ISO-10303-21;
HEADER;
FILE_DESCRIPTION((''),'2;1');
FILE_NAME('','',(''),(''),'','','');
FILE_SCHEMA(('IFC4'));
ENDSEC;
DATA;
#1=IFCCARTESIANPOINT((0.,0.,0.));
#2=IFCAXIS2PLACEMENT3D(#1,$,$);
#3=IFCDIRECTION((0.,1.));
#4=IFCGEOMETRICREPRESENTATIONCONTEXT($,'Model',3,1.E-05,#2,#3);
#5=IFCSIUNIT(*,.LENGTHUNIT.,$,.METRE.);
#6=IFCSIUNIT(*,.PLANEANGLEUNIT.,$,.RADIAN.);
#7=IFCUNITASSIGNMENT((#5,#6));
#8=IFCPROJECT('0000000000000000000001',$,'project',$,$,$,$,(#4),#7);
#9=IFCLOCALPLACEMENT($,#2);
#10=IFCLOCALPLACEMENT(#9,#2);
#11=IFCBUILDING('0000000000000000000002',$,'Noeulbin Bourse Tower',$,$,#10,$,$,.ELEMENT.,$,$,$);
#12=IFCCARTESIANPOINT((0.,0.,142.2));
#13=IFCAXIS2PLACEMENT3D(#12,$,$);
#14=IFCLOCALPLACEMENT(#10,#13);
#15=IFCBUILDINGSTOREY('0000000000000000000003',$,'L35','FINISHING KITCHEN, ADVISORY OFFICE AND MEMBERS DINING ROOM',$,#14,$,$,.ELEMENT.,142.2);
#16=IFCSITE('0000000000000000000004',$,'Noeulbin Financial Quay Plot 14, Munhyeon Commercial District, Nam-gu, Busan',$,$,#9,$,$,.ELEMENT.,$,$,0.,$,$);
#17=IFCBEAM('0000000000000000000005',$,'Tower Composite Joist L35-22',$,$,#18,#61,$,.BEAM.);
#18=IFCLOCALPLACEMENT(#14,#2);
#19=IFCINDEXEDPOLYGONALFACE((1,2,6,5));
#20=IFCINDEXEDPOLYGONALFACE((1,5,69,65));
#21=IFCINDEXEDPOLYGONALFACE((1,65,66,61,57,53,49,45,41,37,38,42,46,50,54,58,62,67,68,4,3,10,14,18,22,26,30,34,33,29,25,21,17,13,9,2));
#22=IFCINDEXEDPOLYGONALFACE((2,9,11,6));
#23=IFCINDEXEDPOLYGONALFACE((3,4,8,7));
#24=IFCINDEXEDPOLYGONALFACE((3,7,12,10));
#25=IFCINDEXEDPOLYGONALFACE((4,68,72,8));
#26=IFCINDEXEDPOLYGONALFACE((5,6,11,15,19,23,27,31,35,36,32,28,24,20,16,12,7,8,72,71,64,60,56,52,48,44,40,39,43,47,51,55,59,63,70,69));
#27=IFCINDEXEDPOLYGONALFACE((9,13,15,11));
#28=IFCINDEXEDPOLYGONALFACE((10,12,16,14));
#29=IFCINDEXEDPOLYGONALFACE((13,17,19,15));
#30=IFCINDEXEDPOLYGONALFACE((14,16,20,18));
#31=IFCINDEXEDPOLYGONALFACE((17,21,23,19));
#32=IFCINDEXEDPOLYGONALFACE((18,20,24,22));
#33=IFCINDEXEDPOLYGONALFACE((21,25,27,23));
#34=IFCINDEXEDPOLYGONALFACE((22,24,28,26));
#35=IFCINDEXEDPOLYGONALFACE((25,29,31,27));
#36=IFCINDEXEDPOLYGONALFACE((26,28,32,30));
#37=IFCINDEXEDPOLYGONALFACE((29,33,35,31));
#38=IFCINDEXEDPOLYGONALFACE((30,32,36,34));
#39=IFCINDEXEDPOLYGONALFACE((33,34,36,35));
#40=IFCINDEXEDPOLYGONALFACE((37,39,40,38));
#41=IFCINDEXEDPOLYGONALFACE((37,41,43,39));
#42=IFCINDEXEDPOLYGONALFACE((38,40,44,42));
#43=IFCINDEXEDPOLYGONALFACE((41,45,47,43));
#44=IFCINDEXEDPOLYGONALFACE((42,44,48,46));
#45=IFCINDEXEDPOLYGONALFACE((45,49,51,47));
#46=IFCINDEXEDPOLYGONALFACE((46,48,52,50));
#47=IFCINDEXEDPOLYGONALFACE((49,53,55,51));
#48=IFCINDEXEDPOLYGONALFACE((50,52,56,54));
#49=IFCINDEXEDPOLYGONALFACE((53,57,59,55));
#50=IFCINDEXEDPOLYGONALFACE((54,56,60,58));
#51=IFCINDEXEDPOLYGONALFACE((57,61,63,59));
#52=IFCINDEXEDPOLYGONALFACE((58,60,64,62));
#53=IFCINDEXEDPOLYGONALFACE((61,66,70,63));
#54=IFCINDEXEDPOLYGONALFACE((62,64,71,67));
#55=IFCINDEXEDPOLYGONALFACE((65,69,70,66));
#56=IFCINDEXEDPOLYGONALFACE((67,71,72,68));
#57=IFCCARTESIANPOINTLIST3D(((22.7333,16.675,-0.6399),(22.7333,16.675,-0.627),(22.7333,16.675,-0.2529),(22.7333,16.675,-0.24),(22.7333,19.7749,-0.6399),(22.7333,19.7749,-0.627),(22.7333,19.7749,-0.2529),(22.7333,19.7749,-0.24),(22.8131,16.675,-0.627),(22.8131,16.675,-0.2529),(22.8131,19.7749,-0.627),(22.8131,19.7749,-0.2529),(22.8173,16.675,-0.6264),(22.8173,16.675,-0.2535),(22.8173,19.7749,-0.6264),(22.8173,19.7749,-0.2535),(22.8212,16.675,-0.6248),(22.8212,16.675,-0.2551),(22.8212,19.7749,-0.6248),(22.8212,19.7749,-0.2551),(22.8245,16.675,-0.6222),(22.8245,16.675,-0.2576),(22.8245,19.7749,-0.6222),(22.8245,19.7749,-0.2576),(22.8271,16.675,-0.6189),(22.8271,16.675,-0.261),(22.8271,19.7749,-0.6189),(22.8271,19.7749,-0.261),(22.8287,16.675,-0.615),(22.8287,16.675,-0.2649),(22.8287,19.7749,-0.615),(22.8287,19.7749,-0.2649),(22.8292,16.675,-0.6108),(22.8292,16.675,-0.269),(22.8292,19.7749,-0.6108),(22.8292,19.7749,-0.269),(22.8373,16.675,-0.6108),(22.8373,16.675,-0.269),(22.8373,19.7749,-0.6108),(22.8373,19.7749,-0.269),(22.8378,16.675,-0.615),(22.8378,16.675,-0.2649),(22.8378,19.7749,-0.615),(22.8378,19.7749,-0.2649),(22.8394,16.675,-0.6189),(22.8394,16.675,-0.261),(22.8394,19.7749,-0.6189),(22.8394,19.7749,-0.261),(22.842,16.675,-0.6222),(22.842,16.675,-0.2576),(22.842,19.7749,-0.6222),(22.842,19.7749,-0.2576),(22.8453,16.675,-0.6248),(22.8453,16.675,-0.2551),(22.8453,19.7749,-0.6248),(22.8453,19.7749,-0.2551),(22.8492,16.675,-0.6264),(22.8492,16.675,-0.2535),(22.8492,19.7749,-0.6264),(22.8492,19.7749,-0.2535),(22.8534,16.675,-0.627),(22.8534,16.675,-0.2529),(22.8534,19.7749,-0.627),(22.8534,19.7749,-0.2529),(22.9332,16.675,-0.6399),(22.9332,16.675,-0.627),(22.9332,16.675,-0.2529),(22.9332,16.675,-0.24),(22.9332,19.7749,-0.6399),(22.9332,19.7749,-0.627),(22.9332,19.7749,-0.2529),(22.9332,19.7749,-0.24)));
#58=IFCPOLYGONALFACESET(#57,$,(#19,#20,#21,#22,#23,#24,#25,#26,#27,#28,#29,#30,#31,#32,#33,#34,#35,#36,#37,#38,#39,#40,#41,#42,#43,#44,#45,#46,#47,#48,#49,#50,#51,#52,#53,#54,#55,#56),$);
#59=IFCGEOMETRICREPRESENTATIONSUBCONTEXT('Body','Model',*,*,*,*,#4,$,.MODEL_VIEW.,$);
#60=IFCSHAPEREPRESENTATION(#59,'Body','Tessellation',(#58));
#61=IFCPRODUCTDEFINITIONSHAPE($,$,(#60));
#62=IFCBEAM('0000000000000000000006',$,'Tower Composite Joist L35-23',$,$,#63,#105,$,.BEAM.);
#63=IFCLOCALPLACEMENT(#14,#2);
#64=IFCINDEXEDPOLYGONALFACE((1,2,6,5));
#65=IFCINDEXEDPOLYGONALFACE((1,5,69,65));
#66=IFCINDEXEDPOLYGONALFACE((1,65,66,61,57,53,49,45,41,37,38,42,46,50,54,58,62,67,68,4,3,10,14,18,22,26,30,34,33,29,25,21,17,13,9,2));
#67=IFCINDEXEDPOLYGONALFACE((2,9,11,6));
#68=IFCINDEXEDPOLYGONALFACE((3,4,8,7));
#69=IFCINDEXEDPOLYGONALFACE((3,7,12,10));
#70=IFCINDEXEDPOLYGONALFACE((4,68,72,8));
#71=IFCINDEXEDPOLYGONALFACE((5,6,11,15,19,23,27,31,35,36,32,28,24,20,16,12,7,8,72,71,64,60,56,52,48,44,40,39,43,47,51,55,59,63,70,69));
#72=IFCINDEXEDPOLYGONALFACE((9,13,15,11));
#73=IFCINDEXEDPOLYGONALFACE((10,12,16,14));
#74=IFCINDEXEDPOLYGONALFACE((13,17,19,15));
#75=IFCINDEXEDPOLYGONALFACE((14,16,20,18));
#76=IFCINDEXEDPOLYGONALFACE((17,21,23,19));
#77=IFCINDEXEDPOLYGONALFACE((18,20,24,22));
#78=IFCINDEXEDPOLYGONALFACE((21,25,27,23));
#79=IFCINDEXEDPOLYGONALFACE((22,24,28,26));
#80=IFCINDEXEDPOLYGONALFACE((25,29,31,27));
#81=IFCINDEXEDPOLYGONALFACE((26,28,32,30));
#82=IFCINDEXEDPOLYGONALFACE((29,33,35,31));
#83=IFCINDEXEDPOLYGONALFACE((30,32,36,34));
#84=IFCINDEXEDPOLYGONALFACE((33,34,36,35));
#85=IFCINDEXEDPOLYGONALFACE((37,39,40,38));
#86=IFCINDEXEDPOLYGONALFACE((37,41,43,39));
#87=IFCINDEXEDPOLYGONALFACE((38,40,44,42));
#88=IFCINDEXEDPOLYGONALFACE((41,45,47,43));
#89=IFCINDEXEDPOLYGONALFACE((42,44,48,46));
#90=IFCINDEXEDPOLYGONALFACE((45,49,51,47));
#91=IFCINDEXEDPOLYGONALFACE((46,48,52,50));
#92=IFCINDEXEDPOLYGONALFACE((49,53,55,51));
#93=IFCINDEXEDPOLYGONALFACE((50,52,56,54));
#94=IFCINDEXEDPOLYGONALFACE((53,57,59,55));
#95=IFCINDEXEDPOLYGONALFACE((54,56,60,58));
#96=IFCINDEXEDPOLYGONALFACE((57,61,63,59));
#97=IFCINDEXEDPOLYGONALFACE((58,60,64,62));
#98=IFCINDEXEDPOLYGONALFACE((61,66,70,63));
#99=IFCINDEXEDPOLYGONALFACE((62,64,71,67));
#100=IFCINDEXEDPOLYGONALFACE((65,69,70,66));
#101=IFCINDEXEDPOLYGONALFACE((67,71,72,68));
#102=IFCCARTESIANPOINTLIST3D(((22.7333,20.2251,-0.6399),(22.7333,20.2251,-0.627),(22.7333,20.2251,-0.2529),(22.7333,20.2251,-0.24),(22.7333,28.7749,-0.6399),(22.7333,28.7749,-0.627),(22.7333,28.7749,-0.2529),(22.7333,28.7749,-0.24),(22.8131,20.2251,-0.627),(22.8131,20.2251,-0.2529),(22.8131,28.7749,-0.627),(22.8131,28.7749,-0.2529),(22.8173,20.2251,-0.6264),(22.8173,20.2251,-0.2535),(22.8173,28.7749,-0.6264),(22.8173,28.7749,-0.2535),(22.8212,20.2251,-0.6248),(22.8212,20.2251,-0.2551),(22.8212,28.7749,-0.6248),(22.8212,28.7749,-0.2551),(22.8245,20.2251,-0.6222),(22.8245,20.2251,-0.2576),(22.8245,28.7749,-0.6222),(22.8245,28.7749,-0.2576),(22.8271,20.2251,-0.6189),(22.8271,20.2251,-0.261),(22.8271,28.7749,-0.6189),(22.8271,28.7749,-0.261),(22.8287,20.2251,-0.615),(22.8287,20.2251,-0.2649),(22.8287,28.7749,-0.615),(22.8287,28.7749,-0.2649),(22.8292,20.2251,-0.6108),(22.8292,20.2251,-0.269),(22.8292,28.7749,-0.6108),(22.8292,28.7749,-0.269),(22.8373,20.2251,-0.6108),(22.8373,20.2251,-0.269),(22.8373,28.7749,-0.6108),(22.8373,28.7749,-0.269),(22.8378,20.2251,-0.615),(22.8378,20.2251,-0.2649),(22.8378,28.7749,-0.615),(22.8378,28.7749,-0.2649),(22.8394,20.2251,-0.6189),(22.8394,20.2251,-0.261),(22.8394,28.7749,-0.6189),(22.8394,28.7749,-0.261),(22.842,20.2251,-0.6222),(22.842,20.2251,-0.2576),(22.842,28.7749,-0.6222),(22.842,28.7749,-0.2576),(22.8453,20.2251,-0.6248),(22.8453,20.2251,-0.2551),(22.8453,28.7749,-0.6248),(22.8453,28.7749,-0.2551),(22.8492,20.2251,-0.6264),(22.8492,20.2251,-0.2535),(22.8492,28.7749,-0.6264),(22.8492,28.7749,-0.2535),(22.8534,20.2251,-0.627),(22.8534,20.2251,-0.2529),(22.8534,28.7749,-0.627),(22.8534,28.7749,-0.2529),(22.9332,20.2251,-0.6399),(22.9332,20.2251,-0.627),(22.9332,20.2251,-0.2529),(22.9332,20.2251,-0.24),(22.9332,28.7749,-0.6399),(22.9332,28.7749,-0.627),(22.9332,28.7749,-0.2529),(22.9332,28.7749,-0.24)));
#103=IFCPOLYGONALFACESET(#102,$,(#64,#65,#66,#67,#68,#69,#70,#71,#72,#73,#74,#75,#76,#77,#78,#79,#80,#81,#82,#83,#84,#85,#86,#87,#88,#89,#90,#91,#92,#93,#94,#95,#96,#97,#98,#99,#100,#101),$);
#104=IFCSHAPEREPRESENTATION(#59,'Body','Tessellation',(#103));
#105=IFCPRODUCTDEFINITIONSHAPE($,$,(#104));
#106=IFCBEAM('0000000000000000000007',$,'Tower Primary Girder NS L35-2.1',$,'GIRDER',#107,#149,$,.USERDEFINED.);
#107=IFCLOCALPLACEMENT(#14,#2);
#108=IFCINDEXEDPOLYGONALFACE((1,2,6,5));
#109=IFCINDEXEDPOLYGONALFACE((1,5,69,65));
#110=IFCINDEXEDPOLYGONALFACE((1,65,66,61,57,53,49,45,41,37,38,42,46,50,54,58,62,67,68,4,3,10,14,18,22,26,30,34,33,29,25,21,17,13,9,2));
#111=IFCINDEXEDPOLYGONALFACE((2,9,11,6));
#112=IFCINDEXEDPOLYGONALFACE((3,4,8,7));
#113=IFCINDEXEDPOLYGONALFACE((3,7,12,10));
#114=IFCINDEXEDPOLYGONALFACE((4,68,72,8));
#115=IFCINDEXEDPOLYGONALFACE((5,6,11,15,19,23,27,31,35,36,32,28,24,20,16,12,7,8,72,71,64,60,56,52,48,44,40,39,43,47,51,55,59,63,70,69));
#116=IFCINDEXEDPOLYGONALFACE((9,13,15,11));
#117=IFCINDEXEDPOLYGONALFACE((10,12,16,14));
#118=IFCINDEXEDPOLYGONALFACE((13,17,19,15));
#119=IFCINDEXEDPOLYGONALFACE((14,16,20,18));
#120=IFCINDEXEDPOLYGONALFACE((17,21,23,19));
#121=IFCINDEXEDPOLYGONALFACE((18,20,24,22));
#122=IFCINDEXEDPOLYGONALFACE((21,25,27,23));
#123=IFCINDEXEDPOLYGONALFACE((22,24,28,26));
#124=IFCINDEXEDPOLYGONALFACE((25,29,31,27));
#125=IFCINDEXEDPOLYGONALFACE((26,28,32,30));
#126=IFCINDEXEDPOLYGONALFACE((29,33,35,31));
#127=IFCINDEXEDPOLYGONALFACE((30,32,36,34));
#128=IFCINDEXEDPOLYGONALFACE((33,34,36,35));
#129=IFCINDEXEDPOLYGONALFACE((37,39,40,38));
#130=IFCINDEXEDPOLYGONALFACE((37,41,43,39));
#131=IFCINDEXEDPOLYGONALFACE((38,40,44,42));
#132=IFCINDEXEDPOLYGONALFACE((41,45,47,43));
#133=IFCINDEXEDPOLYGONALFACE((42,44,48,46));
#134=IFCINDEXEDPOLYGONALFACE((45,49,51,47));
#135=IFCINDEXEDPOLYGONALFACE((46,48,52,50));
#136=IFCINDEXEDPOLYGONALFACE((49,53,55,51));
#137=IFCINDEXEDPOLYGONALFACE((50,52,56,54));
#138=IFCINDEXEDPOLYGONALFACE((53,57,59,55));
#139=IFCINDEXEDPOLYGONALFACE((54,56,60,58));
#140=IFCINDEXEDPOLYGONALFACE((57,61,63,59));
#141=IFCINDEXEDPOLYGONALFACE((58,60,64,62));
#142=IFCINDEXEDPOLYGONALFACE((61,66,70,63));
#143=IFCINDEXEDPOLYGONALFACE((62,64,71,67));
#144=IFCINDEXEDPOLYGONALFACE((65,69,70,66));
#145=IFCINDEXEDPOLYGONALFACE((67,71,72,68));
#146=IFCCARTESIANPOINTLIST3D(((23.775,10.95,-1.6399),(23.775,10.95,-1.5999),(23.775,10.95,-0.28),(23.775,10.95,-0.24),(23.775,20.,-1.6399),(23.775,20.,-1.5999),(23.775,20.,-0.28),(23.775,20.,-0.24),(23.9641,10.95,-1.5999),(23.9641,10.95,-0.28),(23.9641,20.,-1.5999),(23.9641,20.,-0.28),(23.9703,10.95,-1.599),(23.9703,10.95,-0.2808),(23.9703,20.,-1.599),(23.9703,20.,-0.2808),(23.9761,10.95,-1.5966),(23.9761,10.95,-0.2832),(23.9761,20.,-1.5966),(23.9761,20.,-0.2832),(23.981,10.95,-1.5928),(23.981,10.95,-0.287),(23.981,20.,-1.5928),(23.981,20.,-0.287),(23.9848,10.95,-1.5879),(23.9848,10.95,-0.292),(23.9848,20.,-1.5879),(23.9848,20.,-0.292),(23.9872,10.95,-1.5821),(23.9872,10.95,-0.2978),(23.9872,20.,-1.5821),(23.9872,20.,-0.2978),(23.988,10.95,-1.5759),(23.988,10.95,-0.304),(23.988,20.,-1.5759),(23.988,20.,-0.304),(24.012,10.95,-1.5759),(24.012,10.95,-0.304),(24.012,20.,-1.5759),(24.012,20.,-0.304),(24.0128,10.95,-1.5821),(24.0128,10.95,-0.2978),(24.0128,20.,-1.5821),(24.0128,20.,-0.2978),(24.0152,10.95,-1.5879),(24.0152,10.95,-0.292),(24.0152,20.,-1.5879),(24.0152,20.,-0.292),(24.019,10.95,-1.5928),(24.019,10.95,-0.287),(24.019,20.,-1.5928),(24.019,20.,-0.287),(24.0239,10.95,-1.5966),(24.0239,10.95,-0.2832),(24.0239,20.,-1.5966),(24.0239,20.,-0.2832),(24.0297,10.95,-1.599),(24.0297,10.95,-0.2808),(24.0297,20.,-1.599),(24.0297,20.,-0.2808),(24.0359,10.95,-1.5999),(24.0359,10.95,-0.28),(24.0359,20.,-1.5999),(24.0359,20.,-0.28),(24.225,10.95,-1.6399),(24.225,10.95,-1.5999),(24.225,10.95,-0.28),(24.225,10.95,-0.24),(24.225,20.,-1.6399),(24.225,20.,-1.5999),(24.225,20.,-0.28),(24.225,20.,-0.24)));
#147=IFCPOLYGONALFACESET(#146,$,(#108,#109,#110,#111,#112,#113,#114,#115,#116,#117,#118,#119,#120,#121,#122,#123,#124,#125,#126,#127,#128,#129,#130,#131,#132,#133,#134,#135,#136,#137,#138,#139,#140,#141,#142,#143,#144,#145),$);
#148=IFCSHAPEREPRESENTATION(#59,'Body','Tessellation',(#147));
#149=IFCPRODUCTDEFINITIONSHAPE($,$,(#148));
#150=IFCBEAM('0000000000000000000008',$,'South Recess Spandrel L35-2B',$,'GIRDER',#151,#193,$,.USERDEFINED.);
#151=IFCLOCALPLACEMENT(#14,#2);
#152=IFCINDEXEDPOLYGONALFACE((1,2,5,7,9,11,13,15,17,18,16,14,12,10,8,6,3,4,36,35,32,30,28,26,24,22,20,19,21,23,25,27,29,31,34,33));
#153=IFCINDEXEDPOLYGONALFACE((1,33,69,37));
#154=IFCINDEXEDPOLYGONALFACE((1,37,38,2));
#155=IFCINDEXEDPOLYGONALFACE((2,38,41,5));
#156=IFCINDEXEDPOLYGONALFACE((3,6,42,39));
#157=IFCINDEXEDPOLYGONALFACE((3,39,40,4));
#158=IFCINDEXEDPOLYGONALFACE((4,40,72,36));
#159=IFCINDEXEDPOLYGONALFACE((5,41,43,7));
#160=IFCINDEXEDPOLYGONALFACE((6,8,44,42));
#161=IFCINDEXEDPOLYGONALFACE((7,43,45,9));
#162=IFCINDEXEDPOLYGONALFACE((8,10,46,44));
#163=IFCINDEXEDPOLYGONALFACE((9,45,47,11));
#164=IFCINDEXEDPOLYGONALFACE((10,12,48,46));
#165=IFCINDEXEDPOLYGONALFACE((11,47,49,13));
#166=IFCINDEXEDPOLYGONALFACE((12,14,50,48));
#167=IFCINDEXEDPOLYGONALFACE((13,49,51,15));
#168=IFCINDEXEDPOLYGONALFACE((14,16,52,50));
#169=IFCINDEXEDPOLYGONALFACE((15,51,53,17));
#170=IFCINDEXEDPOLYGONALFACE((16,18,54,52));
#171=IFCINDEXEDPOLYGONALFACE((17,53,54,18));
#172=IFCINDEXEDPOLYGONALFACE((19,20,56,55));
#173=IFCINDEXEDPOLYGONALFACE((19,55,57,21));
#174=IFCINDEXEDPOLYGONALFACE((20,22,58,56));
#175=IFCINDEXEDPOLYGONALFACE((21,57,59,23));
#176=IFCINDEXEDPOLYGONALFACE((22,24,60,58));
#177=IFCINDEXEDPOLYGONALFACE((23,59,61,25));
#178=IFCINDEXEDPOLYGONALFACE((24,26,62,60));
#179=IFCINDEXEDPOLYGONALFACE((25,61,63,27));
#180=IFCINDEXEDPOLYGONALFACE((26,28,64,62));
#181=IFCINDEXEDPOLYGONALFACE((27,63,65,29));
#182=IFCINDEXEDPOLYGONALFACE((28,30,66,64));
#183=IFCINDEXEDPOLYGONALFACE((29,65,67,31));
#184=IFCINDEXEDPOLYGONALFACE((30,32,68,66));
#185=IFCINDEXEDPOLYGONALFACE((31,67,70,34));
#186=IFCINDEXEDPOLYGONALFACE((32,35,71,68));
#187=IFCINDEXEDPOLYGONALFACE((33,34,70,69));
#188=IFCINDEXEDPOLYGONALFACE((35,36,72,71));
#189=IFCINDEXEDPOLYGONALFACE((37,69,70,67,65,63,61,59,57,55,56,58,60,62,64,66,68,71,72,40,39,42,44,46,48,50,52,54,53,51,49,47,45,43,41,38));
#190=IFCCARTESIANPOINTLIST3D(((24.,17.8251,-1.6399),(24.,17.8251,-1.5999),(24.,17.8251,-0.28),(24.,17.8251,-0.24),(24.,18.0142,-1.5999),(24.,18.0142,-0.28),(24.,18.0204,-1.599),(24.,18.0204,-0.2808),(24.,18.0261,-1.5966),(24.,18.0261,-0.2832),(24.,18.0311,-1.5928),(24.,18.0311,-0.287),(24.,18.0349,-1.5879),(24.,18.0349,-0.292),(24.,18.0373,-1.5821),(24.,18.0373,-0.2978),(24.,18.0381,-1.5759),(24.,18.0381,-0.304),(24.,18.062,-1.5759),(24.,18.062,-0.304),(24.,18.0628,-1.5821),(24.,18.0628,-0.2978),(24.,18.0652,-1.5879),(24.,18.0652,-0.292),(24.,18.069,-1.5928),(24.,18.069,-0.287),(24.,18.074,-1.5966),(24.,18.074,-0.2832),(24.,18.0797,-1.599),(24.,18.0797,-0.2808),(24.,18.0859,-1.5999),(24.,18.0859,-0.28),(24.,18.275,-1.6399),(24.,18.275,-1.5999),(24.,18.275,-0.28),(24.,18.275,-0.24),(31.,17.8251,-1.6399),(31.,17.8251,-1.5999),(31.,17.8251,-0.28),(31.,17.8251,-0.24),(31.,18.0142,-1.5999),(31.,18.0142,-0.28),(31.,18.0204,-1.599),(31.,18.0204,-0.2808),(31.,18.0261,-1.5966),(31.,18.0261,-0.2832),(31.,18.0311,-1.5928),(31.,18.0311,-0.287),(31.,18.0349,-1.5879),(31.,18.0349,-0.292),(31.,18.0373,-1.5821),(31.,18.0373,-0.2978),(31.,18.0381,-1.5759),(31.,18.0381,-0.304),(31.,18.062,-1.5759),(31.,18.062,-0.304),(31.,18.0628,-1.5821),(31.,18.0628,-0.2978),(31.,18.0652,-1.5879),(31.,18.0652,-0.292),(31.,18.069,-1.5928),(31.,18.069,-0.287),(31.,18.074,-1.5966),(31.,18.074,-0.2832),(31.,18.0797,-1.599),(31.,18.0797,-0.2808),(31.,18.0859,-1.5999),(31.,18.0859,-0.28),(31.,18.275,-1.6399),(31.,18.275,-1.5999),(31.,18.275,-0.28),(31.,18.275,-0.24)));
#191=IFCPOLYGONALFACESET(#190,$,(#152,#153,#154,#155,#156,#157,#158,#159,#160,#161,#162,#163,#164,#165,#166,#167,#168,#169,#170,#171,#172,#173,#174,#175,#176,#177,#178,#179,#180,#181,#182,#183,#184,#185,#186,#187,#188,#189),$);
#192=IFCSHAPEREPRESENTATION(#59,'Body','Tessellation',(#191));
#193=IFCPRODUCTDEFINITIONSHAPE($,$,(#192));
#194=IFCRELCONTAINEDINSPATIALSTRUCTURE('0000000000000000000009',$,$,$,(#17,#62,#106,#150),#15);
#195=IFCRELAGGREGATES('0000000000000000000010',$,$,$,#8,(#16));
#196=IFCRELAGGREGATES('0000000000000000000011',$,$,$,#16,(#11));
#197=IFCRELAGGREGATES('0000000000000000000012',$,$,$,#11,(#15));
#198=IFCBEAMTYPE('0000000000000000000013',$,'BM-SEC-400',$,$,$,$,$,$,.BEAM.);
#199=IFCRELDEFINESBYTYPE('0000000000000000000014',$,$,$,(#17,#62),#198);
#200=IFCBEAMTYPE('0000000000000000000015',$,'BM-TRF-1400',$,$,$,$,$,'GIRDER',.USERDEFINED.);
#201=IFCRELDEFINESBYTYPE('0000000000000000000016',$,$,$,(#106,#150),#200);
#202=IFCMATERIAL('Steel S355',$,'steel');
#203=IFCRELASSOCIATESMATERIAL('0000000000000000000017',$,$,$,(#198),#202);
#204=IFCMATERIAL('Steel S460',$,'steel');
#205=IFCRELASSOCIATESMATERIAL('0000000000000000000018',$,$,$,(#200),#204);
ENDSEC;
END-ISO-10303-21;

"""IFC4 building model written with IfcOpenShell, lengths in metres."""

from ifc_helpers import new_model, si_unit, direction, frame, origin, origin_2d, place, context, subcontext, project, spatial, i_section, extrude, material, material_profile, profile_set, type_object, element, save


model = new_model("IFC4")

# Units and contexts
model_context = context("Model", 3, precision=1e-05, world=origin(), true_north=direction((0.0, 1.0)))
body_context = subcontext(model_context, "Body", "Model", "MODEL_VIEW")
ifc_project = project(units=[si_unit("LENGTHUNIT", "METRE"), si_unit("PLANEANGLEUNIT", "RADIAN")], contexts=[model_context])

# Site, building, storey
site_placement = place(None, origin())
site = spatial("IfcSite", under=ifc_project, at=site_placement, Name="Noeulbin Financial Quay Plot 14, Munhyeon Commercial District, Nam-gu, Busan", CompositionType="ELEMENT", RefElevation=0.0)
building_placement = place(site_placement, origin())
building = spatial("IfcBuilding", under=site, at=building_placement, Name="Noeulbin Bourse Tower", CompositionType="ELEMENT")
storey_placement = place(building_placement, frame((0.0, 0.0, 142.2)))
storey = spatial("IfcBuildingStorey", under=building, at=storey_placement, Name="L35", Description="FINISHING KITCHEN, ADVISORY OFFICE AND MEMBERS DINING ROOM", CompositionType="ELEMENT", Elevation=142.2)

# Shared definitions
ifc_material_1 = material(Name="Steel S355", Category="steel")
ifc_material_2 = material(Name="Steel S460", Category="steel")

# Beams
ifc_material_profile_1 = material_profile(ifc_material_1, i_section(OverallWidth=0.2, OverallDepth=0.3999, WebThickness=0.0081, FlangeThickness=0.0129, FilletRadius=0.0161, at=origin_2d()), Name="H-400x200x8x13", Category="LoadBearing")
ifc_profile_set_1 = profile_set([ifc_material_profile_1], Name="Steel S355")
beam_type_1 = type_object("IfcBeamType", Name="BM-SEC-400", PredefinedType="BEAM", material=ifc_profile_set_1)
beam_1_placement = place(storey_placement, frame((22.8333, 16.675, -0.4399), z_axis=(0.0, 1.0, 0.0), x_axis=(-1.0, 0.0, 0.0)))
element("IfcBeam", 1, at=beam_1_placement, inside=storey, type_object=beam_type_1, Name="Tower Composite Joist L35-22", PredefinedType="BEAM", context=body_context, shape_type="SweptSolid", body=[
    extrude(i_section(OverallWidth=0.2, OverallDepth=0.3999, WebThickness=0.0081, FlangeThickness=0.0129, FilletRadius=0.0161, at=origin_2d()), origin(), (0.0, 0.0, 1.0), 3.0999),
])
beam_2_placement = place(storey_placement, frame((22.8333, 20.2251, -0.4399), z_axis=(0.0, 1.0, 0.0), x_axis=(-1.0, 0.0, 0.0)))
element("IfcBeam", 2, at=beam_2_placement, inside=storey, type_object=beam_type_1, Name="Tower Composite Joist L35-23", PredefinedType="BEAM", context=body_context, shape_type="SweptSolid", body=[
    extrude(i_section(OverallWidth=0.2, OverallDepth=0.3999, WebThickness=0.0081, FlangeThickness=0.0129, FilletRadius=0.0161, at=origin_2d()), origin(), (0.0, 0.0, 1.0), 8.5498),
])
ifc_material_profile_2 = material_profile(ifc_material_2, i_section(OverallWidth=0.45, OverallDepth=1.3999, WebThickness=0.0239, FlangeThickness=0.04, FilletRadius=0.0239, at=origin_2d()), Name="PG-1400x450x24x40", Category="LoadBearing")
ifc_profile_set_2 = profile_set([ifc_material_profile_2], Name="Steel S460")
beam_type_2 = type_object("IfcBeamType", Name="BM-TRF-1400", ElementType="GIRDER", PredefinedType="USERDEFINED", material=ifc_profile_set_2)
beam_3_placement = place(storey_placement, frame((24.0, 10.95, -0.9399), z_axis=(0.0, 1.0, 0.0), x_axis=(-1.0, 0.0, 0.0)))
element("IfcBeam", 3, at=beam_3_placement, inside=storey, type_object=beam_type_2, Name="Tower Primary Girder NS L35-2.1", ObjectType="GIRDER", PredefinedType="USERDEFINED", context=body_context, shape_type="SweptSolid", body=[
    extrude(i_section(OverallWidth=0.45, OverallDepth=1.3999, WebThickness=0.0239, FlangeThickness=0.04, FilletRadius=0.0239, at=origin_2d()), origin(), (0.0, 0.0, 1.0), 9.05),
])
beam_4_placement = place(storey_placement, frame((24.0, 18.05, -0.9399), z_axis=(1.0, 0.0, 0.0), x_axis=(0.0, 1.0, 0.0)))
element("IfcBeam", 4, at=beam_4_placement, inside=storey, type_object=beam_type_2, Name="South Recess Spandrel L35-2B", ObjectType="GIRDER", PredefinedType="USERDEFINED", context=body_context, shape_type="SweptSolid", body=[
    extrude(i_section(OverallWidth=0.45, OverallDepth=1.3999, WebThickness=0.0239, FlangeThickness=0.04, FilletRadius=0.0239, at=origin_2d()), origin(), (0.0, 0.0, 1.0), 7.0),
])

save(model, "model.ifc")
